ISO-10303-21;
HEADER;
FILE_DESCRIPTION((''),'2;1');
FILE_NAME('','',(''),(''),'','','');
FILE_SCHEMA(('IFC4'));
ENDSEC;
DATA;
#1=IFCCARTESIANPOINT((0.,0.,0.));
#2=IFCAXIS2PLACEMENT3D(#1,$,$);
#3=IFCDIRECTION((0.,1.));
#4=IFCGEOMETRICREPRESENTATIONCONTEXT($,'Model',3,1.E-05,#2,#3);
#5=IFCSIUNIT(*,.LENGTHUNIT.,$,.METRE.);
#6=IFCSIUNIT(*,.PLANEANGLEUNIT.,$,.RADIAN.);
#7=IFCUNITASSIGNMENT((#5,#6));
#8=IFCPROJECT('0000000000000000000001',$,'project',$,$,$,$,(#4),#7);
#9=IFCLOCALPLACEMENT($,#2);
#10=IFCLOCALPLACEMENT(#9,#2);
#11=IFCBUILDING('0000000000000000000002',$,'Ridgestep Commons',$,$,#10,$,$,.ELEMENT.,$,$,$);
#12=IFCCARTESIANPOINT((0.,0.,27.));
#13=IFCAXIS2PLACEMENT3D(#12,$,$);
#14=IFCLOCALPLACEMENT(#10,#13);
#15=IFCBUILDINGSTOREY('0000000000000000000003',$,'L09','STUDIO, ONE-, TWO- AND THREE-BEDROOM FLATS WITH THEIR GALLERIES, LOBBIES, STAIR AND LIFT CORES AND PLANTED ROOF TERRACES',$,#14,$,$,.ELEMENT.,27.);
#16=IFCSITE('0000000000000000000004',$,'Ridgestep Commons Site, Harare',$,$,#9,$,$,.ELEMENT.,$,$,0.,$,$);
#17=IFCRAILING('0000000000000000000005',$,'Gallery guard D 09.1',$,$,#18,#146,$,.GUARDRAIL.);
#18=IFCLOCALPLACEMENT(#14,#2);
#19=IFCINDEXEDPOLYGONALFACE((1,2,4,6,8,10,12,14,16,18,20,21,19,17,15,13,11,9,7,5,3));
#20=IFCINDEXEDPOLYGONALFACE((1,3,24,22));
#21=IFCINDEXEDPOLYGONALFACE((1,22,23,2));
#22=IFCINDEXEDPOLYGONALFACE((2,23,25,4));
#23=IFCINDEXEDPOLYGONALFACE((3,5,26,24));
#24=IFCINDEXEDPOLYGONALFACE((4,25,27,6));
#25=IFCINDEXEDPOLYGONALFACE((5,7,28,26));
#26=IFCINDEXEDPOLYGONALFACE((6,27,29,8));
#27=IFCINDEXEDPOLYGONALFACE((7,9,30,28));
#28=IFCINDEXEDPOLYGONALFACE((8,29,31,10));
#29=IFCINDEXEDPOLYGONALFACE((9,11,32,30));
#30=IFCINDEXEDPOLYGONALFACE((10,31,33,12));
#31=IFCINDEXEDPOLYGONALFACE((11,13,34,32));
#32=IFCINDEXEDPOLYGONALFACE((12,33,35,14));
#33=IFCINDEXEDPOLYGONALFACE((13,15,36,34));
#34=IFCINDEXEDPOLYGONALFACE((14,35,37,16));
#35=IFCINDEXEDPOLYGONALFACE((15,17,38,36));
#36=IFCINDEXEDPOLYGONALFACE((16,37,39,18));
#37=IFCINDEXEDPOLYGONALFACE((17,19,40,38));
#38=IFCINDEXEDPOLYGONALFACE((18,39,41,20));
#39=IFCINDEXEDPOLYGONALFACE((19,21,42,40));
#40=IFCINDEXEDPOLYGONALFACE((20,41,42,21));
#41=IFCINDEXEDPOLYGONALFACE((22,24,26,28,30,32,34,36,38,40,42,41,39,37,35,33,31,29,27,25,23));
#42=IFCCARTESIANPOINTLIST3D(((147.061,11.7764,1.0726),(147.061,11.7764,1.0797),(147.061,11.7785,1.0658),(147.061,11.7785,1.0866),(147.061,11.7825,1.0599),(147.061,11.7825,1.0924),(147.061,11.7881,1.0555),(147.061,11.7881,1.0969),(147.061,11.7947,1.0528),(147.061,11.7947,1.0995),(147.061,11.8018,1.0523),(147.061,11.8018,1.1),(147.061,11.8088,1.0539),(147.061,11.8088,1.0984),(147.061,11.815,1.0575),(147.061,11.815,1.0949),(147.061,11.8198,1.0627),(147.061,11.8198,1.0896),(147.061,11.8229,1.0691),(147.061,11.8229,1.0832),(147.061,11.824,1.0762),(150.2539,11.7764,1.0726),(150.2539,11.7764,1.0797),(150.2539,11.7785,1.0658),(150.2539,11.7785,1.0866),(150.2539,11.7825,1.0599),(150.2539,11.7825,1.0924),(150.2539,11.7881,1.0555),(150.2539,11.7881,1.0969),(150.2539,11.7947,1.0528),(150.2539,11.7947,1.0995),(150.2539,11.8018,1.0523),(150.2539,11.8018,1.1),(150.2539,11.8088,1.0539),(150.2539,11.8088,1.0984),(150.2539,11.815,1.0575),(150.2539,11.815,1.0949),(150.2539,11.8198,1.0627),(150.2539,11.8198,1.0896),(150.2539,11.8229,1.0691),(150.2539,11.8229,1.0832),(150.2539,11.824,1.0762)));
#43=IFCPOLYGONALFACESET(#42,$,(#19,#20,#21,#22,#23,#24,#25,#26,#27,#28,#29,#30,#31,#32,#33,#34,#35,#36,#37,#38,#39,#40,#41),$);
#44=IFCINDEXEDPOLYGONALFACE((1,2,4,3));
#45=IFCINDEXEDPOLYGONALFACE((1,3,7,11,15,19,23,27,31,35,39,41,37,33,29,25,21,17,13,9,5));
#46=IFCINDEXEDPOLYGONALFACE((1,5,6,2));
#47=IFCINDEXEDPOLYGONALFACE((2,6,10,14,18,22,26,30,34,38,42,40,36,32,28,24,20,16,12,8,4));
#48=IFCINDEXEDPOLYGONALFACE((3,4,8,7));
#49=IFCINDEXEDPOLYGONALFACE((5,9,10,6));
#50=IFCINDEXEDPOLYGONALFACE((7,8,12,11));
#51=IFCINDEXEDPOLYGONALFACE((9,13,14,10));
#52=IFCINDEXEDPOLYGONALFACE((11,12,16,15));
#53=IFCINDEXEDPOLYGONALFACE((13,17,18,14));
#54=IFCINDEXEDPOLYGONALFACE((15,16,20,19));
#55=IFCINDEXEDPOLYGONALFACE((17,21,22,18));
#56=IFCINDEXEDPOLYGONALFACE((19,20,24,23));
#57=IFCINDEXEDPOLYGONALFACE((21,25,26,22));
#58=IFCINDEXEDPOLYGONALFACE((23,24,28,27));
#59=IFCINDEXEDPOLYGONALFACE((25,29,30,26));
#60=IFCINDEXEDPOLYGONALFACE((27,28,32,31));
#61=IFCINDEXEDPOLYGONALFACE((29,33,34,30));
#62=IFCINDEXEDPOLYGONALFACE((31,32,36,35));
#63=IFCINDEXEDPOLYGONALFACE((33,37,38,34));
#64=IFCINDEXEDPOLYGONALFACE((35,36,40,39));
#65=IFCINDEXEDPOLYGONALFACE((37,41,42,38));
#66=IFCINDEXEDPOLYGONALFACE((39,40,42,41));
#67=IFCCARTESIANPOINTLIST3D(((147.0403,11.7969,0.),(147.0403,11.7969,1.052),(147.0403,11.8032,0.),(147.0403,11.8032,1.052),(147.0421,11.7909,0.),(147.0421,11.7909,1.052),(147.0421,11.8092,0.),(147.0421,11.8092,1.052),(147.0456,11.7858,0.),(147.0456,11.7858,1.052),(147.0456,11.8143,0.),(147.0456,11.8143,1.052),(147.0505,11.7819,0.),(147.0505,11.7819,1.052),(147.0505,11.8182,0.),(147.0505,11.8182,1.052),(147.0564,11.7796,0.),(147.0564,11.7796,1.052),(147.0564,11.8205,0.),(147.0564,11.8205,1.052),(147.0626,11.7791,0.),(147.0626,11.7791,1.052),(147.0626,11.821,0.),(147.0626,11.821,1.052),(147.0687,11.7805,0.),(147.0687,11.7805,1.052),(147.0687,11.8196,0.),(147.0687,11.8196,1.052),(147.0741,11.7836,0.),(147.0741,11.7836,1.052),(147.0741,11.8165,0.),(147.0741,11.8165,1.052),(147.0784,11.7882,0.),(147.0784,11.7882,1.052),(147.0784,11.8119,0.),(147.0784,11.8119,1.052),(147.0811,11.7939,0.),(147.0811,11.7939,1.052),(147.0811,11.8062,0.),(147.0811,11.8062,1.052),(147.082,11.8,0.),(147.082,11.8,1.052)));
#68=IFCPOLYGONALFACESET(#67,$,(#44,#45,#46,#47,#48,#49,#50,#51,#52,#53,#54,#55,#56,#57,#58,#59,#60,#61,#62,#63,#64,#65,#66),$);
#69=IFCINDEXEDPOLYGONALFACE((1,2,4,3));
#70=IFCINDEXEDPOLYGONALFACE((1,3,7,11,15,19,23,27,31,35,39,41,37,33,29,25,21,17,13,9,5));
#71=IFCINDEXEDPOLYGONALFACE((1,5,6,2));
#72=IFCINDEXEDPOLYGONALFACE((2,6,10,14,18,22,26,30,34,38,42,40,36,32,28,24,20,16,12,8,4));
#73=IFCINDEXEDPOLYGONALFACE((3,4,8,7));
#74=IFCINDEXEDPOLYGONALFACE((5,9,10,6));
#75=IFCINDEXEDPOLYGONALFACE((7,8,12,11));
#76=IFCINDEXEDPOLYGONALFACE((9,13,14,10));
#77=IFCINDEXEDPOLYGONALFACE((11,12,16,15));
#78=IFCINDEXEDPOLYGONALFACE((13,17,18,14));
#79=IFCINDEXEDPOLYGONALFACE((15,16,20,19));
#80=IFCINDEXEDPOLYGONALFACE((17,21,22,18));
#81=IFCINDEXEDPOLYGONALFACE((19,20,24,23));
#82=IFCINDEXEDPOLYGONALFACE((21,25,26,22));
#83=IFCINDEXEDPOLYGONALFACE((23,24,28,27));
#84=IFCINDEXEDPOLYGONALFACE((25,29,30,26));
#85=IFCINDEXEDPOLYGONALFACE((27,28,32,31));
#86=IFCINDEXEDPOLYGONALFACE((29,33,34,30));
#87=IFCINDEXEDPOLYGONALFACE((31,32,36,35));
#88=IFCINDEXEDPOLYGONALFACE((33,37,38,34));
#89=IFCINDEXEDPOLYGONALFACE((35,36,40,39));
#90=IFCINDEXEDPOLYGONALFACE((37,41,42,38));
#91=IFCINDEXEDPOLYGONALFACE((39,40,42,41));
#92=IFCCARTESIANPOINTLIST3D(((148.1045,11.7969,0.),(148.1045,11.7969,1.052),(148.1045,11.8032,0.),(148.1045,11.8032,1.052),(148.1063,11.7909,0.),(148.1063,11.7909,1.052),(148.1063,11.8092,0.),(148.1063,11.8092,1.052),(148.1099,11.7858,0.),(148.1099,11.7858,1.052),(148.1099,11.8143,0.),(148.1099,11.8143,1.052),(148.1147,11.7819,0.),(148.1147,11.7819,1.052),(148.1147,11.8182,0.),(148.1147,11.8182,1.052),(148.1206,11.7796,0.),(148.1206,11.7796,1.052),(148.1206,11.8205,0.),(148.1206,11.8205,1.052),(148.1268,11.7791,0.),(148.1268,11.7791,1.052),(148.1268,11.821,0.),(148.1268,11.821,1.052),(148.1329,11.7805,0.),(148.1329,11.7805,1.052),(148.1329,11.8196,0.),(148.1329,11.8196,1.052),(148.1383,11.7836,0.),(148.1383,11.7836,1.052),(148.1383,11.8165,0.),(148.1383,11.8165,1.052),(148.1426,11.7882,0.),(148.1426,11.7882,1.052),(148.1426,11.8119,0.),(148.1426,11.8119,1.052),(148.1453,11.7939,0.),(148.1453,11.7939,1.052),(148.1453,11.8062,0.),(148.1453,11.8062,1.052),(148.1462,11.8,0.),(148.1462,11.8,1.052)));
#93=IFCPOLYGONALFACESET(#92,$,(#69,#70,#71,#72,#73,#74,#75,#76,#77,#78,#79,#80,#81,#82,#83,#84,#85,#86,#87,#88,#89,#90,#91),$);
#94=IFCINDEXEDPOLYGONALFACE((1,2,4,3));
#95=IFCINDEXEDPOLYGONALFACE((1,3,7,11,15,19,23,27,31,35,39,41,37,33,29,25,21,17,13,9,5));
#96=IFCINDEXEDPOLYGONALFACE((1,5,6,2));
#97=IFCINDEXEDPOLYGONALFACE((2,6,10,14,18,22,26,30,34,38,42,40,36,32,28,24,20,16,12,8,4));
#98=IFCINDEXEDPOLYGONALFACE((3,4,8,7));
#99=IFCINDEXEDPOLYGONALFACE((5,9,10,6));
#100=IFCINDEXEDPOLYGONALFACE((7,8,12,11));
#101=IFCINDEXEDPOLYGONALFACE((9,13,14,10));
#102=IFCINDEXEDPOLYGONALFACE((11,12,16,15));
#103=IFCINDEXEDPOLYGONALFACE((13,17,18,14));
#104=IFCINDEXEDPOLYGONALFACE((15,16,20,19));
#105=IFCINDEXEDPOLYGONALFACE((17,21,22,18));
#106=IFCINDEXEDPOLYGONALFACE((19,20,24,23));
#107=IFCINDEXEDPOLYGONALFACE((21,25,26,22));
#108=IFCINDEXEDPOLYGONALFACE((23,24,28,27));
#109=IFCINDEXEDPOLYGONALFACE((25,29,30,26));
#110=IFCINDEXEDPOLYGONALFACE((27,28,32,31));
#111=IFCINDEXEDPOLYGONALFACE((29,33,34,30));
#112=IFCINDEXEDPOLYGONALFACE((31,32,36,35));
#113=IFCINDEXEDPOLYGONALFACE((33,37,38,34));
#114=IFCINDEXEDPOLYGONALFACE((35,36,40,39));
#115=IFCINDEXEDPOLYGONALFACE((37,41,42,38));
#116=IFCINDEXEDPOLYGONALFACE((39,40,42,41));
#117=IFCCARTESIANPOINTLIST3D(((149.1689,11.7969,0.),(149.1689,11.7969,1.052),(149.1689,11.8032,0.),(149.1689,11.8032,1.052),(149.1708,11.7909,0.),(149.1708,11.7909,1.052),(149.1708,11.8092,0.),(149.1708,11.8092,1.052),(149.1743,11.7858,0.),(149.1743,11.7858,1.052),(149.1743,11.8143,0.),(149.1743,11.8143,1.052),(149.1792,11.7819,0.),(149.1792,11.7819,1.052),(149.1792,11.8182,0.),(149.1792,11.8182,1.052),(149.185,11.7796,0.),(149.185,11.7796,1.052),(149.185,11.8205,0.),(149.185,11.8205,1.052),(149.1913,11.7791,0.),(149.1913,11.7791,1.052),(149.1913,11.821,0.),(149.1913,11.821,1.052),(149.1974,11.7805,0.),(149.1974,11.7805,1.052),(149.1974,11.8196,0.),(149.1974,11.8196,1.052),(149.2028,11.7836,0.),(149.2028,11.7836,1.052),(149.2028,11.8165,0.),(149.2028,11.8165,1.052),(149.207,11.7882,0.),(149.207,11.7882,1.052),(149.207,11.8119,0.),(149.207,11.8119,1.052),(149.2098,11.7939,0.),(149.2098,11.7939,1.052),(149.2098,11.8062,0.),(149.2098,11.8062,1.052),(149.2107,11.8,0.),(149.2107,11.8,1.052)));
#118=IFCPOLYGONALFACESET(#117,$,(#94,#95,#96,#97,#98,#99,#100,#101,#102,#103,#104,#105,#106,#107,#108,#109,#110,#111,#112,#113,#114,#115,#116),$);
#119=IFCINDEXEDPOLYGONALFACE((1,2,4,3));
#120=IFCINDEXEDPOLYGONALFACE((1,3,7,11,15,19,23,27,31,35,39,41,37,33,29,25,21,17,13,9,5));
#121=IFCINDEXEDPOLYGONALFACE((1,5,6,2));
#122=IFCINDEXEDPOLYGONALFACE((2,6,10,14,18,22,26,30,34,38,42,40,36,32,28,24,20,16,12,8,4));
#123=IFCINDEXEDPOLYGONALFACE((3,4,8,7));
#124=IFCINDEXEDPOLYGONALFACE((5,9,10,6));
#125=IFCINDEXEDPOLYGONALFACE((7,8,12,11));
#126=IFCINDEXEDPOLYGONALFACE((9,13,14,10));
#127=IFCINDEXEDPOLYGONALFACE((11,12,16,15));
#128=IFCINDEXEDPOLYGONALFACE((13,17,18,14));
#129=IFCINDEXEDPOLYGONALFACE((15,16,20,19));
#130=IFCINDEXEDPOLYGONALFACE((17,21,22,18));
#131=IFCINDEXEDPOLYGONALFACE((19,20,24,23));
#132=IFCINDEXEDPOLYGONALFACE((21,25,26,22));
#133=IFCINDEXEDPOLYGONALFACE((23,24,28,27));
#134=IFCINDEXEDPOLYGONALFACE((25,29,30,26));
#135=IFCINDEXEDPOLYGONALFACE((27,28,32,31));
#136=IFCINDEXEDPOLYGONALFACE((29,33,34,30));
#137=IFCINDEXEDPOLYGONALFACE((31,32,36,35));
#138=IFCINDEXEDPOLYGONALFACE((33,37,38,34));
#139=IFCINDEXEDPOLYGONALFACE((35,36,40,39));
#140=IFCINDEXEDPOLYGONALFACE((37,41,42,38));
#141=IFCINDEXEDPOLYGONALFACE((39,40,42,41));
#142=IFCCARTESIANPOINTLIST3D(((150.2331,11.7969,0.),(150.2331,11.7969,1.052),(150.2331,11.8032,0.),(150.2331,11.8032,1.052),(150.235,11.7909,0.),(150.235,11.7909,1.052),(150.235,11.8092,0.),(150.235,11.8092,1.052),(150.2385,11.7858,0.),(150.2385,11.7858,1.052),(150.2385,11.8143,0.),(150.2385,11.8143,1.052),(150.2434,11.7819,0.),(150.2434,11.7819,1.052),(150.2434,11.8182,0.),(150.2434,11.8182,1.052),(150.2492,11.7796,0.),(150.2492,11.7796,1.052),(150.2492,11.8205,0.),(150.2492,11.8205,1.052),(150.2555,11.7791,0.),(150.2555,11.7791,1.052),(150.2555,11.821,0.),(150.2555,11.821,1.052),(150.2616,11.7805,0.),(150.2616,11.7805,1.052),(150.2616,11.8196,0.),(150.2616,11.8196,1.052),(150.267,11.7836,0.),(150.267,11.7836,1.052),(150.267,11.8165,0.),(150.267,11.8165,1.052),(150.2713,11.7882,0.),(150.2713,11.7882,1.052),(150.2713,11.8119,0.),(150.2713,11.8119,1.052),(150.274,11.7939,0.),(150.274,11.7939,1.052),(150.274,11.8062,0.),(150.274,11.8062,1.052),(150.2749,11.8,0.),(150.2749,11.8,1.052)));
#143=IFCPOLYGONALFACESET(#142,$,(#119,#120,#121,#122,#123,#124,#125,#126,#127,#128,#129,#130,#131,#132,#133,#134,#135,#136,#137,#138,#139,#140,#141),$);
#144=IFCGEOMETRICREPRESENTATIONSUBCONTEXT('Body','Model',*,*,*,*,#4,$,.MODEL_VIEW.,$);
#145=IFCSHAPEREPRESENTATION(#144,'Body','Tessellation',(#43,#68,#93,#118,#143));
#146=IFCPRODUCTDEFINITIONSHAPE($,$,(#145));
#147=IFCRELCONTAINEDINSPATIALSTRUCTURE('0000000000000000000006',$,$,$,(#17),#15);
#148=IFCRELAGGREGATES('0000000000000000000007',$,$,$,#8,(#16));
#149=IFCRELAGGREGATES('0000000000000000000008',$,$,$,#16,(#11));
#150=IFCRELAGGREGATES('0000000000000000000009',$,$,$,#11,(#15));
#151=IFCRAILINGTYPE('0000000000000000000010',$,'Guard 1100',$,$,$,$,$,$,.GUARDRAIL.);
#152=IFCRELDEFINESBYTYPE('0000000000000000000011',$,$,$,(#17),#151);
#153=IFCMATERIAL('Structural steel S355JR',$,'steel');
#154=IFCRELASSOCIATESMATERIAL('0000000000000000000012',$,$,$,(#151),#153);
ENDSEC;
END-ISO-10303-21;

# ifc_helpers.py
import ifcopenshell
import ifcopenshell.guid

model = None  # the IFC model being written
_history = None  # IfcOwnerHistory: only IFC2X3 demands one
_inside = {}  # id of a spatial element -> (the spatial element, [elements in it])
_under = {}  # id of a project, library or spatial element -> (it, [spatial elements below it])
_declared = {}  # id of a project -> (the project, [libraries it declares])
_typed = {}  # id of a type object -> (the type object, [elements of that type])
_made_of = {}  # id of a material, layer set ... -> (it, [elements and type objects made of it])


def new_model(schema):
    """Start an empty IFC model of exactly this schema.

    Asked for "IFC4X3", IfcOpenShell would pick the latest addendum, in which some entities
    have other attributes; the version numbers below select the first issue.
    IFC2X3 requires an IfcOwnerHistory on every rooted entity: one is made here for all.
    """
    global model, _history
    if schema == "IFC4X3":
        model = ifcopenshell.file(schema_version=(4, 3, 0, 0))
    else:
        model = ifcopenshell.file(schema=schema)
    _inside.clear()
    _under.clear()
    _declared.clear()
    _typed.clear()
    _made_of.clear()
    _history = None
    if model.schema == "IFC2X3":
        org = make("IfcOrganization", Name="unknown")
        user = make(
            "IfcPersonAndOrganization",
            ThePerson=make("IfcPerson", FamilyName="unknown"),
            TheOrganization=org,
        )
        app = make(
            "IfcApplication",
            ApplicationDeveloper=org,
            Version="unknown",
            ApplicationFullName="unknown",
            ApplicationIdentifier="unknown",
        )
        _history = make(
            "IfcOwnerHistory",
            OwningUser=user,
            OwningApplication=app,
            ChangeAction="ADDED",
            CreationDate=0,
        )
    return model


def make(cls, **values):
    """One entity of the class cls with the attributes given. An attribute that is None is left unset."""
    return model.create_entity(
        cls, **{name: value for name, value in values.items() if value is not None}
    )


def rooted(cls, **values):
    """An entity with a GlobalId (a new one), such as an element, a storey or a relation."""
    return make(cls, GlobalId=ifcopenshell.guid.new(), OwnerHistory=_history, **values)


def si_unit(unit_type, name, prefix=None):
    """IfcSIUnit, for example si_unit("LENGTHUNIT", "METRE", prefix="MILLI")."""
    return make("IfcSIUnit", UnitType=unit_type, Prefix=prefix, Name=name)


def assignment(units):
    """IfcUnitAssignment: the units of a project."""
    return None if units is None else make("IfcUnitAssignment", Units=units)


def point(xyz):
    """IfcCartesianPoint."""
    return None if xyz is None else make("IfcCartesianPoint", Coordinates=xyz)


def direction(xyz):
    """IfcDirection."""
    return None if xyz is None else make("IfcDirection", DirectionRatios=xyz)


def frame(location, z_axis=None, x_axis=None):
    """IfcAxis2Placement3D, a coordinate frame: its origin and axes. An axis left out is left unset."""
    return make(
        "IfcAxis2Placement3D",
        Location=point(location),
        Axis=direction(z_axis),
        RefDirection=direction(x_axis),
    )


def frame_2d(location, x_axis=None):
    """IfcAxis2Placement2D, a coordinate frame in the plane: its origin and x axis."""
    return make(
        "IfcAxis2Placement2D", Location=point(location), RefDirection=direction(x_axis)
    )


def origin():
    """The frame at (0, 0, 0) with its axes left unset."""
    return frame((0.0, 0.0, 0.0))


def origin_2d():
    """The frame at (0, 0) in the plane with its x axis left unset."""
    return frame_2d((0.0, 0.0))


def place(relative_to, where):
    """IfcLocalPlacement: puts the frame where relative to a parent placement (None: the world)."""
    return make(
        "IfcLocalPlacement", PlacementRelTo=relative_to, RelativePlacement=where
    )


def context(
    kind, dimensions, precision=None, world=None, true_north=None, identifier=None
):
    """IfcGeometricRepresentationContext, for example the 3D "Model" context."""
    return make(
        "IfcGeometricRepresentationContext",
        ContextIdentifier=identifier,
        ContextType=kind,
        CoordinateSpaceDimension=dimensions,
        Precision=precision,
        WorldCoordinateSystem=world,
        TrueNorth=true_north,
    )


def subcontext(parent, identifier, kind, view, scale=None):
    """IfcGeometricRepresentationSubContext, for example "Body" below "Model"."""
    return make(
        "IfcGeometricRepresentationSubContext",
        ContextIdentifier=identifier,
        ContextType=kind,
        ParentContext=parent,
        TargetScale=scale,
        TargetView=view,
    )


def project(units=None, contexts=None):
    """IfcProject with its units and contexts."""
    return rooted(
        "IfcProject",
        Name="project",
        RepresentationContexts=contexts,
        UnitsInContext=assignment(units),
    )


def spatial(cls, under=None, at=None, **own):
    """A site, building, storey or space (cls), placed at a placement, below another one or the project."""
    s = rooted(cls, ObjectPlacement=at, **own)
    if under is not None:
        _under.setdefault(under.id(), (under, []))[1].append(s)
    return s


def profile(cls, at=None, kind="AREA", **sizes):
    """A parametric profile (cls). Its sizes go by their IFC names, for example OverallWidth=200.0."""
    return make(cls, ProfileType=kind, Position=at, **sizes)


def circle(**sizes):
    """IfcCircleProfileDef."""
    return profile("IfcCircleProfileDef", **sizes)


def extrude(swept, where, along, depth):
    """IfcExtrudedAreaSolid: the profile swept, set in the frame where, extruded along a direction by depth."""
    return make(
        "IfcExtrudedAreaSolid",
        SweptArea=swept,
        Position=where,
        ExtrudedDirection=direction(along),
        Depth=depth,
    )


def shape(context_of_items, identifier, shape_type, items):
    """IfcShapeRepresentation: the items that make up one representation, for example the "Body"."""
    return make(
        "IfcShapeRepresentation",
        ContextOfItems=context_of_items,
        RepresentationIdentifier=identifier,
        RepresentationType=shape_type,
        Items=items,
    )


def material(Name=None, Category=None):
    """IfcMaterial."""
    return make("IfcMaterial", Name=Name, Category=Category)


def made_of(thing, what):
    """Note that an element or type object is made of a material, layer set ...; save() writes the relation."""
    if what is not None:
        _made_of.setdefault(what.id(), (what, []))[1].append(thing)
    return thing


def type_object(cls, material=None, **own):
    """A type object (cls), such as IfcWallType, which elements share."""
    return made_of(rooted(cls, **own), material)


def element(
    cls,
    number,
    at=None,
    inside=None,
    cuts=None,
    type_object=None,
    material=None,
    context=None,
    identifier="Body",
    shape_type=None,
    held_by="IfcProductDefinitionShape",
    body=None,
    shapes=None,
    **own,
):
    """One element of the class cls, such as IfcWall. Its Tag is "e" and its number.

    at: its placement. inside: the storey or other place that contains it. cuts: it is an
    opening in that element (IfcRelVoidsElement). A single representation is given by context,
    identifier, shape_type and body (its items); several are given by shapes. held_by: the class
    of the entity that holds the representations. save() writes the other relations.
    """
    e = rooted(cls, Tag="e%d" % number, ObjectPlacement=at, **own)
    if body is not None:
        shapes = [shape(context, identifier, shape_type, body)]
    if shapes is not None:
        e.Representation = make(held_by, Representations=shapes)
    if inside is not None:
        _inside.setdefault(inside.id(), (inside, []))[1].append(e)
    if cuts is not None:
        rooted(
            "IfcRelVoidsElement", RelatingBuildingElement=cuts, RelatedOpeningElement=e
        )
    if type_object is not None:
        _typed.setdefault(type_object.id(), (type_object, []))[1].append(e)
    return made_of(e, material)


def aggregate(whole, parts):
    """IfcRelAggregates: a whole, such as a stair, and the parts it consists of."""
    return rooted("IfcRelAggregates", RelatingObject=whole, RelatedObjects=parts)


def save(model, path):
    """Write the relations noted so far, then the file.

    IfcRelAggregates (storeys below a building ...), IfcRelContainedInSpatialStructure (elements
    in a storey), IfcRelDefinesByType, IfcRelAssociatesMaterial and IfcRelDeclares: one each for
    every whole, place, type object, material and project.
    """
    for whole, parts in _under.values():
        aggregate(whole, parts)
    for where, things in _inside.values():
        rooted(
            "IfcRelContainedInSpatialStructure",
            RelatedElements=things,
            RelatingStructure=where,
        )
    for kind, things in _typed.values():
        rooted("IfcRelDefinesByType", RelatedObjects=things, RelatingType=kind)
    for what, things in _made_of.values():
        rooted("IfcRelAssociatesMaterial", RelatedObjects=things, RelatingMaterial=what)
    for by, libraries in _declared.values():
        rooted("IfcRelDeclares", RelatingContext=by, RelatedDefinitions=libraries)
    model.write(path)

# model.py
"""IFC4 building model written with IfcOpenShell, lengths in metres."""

from ifc_helpers import new_model, si_unit, direction, frame, origin, origin_2d, place, context, subcontext, project, spatial, circle, extrude, material, type_object, element, save


model = new_model("IFC4")

# Units and contexts
model_context = context("Model", 3, precision=1e-05, world=origin(), true_north=direction((0.0, 1.0)))
body_context = subcontext(model_context, "Body", "Model", "MODEL_VIEW")
ifc_project = project(units=[si_unit("LENGTHUNIT", "METRE"), si_unit("PLANEANGLEUNIT", "RADIAN")], contexts=[model_context])

# Site, building, storey
site_placement = place(None, origin())
site = spatial("IfcSite", under=ifc_project, at=site_placement, Name="Ridgestep Commons Site, Harare", CompositionType="ELEMENT", RefElevation=0.0)
building_placement = place(site_placement, origin())
building = spatial("IfcBuilding", under=site, at=building_placement, Name="Ridgestep Commons", CompositionType="ELEMENT")
storey_placement = place(building_placement, frame((0.0, 0.0, 27.0)))
storey = spatial("IfcBuildingStorey", under=building, at=storey_placement, Name="L09", Description="STUDIO, ONE-, TWO- AND THREE-BEDROOM FLATS WITH THEIR GALLERIES, LOBBIES, STAIR AND LIFT CORES AND PLANTED ROOF TERRACES", CompositionType="ELEMENT", Elevation=27.0)

# Railing
ifc_material_1 = material(Name="Structural steel S355JR", Category="steel")
railing_type = type_object("IfcRailingType", Name="Guard 1100", PredefinedType="GUARDRAIL", material=ifc_material_1)
railing_1_placement = place(storey_placement, frame((147.061, 11.8, 0.0)))
element("IfcRailing", 1, at=railing_1_placement, inside=storey, type_object=railing_type, Name="Gallery guard D 09.1", PredefinedType="GUARDRAIL", context=body_context, shape_type="SweptSolid", body=[
    extrude(circle(Radius=0.0239, at=origin_2d()), frame((0.0, 0.0, 1.0762), z_axis=(1.0, 0.0, 0.0), x_axis=(0.0, 1.0, 0.0)), (0.0, 0.0, 1.0), 3.1929),
    extrude(circle(Radius=0.021, at=origin_2d()), origin(), (0.0, 0.0, 1.0), 1.052),
    extrude(circle(Radius=0.021, at=origin_2d()), frame((1.0642, 0.0, 0.0)), (0.0, 0.0, 1.0), 1.052),
    extrude(circle(Radius=0.021, at=origin_2d()), frame((2.1287, 0.0, 0.0)), (0.0, 0.0, 1.0), 1.052),
    extrude(circle(Radius=0.021, at=origin_2d()), frame((3.1929, 0.0, 0.0)), (0.0, 0.0, 1.0), 1.052),
])

save(model, "model.ifc")
